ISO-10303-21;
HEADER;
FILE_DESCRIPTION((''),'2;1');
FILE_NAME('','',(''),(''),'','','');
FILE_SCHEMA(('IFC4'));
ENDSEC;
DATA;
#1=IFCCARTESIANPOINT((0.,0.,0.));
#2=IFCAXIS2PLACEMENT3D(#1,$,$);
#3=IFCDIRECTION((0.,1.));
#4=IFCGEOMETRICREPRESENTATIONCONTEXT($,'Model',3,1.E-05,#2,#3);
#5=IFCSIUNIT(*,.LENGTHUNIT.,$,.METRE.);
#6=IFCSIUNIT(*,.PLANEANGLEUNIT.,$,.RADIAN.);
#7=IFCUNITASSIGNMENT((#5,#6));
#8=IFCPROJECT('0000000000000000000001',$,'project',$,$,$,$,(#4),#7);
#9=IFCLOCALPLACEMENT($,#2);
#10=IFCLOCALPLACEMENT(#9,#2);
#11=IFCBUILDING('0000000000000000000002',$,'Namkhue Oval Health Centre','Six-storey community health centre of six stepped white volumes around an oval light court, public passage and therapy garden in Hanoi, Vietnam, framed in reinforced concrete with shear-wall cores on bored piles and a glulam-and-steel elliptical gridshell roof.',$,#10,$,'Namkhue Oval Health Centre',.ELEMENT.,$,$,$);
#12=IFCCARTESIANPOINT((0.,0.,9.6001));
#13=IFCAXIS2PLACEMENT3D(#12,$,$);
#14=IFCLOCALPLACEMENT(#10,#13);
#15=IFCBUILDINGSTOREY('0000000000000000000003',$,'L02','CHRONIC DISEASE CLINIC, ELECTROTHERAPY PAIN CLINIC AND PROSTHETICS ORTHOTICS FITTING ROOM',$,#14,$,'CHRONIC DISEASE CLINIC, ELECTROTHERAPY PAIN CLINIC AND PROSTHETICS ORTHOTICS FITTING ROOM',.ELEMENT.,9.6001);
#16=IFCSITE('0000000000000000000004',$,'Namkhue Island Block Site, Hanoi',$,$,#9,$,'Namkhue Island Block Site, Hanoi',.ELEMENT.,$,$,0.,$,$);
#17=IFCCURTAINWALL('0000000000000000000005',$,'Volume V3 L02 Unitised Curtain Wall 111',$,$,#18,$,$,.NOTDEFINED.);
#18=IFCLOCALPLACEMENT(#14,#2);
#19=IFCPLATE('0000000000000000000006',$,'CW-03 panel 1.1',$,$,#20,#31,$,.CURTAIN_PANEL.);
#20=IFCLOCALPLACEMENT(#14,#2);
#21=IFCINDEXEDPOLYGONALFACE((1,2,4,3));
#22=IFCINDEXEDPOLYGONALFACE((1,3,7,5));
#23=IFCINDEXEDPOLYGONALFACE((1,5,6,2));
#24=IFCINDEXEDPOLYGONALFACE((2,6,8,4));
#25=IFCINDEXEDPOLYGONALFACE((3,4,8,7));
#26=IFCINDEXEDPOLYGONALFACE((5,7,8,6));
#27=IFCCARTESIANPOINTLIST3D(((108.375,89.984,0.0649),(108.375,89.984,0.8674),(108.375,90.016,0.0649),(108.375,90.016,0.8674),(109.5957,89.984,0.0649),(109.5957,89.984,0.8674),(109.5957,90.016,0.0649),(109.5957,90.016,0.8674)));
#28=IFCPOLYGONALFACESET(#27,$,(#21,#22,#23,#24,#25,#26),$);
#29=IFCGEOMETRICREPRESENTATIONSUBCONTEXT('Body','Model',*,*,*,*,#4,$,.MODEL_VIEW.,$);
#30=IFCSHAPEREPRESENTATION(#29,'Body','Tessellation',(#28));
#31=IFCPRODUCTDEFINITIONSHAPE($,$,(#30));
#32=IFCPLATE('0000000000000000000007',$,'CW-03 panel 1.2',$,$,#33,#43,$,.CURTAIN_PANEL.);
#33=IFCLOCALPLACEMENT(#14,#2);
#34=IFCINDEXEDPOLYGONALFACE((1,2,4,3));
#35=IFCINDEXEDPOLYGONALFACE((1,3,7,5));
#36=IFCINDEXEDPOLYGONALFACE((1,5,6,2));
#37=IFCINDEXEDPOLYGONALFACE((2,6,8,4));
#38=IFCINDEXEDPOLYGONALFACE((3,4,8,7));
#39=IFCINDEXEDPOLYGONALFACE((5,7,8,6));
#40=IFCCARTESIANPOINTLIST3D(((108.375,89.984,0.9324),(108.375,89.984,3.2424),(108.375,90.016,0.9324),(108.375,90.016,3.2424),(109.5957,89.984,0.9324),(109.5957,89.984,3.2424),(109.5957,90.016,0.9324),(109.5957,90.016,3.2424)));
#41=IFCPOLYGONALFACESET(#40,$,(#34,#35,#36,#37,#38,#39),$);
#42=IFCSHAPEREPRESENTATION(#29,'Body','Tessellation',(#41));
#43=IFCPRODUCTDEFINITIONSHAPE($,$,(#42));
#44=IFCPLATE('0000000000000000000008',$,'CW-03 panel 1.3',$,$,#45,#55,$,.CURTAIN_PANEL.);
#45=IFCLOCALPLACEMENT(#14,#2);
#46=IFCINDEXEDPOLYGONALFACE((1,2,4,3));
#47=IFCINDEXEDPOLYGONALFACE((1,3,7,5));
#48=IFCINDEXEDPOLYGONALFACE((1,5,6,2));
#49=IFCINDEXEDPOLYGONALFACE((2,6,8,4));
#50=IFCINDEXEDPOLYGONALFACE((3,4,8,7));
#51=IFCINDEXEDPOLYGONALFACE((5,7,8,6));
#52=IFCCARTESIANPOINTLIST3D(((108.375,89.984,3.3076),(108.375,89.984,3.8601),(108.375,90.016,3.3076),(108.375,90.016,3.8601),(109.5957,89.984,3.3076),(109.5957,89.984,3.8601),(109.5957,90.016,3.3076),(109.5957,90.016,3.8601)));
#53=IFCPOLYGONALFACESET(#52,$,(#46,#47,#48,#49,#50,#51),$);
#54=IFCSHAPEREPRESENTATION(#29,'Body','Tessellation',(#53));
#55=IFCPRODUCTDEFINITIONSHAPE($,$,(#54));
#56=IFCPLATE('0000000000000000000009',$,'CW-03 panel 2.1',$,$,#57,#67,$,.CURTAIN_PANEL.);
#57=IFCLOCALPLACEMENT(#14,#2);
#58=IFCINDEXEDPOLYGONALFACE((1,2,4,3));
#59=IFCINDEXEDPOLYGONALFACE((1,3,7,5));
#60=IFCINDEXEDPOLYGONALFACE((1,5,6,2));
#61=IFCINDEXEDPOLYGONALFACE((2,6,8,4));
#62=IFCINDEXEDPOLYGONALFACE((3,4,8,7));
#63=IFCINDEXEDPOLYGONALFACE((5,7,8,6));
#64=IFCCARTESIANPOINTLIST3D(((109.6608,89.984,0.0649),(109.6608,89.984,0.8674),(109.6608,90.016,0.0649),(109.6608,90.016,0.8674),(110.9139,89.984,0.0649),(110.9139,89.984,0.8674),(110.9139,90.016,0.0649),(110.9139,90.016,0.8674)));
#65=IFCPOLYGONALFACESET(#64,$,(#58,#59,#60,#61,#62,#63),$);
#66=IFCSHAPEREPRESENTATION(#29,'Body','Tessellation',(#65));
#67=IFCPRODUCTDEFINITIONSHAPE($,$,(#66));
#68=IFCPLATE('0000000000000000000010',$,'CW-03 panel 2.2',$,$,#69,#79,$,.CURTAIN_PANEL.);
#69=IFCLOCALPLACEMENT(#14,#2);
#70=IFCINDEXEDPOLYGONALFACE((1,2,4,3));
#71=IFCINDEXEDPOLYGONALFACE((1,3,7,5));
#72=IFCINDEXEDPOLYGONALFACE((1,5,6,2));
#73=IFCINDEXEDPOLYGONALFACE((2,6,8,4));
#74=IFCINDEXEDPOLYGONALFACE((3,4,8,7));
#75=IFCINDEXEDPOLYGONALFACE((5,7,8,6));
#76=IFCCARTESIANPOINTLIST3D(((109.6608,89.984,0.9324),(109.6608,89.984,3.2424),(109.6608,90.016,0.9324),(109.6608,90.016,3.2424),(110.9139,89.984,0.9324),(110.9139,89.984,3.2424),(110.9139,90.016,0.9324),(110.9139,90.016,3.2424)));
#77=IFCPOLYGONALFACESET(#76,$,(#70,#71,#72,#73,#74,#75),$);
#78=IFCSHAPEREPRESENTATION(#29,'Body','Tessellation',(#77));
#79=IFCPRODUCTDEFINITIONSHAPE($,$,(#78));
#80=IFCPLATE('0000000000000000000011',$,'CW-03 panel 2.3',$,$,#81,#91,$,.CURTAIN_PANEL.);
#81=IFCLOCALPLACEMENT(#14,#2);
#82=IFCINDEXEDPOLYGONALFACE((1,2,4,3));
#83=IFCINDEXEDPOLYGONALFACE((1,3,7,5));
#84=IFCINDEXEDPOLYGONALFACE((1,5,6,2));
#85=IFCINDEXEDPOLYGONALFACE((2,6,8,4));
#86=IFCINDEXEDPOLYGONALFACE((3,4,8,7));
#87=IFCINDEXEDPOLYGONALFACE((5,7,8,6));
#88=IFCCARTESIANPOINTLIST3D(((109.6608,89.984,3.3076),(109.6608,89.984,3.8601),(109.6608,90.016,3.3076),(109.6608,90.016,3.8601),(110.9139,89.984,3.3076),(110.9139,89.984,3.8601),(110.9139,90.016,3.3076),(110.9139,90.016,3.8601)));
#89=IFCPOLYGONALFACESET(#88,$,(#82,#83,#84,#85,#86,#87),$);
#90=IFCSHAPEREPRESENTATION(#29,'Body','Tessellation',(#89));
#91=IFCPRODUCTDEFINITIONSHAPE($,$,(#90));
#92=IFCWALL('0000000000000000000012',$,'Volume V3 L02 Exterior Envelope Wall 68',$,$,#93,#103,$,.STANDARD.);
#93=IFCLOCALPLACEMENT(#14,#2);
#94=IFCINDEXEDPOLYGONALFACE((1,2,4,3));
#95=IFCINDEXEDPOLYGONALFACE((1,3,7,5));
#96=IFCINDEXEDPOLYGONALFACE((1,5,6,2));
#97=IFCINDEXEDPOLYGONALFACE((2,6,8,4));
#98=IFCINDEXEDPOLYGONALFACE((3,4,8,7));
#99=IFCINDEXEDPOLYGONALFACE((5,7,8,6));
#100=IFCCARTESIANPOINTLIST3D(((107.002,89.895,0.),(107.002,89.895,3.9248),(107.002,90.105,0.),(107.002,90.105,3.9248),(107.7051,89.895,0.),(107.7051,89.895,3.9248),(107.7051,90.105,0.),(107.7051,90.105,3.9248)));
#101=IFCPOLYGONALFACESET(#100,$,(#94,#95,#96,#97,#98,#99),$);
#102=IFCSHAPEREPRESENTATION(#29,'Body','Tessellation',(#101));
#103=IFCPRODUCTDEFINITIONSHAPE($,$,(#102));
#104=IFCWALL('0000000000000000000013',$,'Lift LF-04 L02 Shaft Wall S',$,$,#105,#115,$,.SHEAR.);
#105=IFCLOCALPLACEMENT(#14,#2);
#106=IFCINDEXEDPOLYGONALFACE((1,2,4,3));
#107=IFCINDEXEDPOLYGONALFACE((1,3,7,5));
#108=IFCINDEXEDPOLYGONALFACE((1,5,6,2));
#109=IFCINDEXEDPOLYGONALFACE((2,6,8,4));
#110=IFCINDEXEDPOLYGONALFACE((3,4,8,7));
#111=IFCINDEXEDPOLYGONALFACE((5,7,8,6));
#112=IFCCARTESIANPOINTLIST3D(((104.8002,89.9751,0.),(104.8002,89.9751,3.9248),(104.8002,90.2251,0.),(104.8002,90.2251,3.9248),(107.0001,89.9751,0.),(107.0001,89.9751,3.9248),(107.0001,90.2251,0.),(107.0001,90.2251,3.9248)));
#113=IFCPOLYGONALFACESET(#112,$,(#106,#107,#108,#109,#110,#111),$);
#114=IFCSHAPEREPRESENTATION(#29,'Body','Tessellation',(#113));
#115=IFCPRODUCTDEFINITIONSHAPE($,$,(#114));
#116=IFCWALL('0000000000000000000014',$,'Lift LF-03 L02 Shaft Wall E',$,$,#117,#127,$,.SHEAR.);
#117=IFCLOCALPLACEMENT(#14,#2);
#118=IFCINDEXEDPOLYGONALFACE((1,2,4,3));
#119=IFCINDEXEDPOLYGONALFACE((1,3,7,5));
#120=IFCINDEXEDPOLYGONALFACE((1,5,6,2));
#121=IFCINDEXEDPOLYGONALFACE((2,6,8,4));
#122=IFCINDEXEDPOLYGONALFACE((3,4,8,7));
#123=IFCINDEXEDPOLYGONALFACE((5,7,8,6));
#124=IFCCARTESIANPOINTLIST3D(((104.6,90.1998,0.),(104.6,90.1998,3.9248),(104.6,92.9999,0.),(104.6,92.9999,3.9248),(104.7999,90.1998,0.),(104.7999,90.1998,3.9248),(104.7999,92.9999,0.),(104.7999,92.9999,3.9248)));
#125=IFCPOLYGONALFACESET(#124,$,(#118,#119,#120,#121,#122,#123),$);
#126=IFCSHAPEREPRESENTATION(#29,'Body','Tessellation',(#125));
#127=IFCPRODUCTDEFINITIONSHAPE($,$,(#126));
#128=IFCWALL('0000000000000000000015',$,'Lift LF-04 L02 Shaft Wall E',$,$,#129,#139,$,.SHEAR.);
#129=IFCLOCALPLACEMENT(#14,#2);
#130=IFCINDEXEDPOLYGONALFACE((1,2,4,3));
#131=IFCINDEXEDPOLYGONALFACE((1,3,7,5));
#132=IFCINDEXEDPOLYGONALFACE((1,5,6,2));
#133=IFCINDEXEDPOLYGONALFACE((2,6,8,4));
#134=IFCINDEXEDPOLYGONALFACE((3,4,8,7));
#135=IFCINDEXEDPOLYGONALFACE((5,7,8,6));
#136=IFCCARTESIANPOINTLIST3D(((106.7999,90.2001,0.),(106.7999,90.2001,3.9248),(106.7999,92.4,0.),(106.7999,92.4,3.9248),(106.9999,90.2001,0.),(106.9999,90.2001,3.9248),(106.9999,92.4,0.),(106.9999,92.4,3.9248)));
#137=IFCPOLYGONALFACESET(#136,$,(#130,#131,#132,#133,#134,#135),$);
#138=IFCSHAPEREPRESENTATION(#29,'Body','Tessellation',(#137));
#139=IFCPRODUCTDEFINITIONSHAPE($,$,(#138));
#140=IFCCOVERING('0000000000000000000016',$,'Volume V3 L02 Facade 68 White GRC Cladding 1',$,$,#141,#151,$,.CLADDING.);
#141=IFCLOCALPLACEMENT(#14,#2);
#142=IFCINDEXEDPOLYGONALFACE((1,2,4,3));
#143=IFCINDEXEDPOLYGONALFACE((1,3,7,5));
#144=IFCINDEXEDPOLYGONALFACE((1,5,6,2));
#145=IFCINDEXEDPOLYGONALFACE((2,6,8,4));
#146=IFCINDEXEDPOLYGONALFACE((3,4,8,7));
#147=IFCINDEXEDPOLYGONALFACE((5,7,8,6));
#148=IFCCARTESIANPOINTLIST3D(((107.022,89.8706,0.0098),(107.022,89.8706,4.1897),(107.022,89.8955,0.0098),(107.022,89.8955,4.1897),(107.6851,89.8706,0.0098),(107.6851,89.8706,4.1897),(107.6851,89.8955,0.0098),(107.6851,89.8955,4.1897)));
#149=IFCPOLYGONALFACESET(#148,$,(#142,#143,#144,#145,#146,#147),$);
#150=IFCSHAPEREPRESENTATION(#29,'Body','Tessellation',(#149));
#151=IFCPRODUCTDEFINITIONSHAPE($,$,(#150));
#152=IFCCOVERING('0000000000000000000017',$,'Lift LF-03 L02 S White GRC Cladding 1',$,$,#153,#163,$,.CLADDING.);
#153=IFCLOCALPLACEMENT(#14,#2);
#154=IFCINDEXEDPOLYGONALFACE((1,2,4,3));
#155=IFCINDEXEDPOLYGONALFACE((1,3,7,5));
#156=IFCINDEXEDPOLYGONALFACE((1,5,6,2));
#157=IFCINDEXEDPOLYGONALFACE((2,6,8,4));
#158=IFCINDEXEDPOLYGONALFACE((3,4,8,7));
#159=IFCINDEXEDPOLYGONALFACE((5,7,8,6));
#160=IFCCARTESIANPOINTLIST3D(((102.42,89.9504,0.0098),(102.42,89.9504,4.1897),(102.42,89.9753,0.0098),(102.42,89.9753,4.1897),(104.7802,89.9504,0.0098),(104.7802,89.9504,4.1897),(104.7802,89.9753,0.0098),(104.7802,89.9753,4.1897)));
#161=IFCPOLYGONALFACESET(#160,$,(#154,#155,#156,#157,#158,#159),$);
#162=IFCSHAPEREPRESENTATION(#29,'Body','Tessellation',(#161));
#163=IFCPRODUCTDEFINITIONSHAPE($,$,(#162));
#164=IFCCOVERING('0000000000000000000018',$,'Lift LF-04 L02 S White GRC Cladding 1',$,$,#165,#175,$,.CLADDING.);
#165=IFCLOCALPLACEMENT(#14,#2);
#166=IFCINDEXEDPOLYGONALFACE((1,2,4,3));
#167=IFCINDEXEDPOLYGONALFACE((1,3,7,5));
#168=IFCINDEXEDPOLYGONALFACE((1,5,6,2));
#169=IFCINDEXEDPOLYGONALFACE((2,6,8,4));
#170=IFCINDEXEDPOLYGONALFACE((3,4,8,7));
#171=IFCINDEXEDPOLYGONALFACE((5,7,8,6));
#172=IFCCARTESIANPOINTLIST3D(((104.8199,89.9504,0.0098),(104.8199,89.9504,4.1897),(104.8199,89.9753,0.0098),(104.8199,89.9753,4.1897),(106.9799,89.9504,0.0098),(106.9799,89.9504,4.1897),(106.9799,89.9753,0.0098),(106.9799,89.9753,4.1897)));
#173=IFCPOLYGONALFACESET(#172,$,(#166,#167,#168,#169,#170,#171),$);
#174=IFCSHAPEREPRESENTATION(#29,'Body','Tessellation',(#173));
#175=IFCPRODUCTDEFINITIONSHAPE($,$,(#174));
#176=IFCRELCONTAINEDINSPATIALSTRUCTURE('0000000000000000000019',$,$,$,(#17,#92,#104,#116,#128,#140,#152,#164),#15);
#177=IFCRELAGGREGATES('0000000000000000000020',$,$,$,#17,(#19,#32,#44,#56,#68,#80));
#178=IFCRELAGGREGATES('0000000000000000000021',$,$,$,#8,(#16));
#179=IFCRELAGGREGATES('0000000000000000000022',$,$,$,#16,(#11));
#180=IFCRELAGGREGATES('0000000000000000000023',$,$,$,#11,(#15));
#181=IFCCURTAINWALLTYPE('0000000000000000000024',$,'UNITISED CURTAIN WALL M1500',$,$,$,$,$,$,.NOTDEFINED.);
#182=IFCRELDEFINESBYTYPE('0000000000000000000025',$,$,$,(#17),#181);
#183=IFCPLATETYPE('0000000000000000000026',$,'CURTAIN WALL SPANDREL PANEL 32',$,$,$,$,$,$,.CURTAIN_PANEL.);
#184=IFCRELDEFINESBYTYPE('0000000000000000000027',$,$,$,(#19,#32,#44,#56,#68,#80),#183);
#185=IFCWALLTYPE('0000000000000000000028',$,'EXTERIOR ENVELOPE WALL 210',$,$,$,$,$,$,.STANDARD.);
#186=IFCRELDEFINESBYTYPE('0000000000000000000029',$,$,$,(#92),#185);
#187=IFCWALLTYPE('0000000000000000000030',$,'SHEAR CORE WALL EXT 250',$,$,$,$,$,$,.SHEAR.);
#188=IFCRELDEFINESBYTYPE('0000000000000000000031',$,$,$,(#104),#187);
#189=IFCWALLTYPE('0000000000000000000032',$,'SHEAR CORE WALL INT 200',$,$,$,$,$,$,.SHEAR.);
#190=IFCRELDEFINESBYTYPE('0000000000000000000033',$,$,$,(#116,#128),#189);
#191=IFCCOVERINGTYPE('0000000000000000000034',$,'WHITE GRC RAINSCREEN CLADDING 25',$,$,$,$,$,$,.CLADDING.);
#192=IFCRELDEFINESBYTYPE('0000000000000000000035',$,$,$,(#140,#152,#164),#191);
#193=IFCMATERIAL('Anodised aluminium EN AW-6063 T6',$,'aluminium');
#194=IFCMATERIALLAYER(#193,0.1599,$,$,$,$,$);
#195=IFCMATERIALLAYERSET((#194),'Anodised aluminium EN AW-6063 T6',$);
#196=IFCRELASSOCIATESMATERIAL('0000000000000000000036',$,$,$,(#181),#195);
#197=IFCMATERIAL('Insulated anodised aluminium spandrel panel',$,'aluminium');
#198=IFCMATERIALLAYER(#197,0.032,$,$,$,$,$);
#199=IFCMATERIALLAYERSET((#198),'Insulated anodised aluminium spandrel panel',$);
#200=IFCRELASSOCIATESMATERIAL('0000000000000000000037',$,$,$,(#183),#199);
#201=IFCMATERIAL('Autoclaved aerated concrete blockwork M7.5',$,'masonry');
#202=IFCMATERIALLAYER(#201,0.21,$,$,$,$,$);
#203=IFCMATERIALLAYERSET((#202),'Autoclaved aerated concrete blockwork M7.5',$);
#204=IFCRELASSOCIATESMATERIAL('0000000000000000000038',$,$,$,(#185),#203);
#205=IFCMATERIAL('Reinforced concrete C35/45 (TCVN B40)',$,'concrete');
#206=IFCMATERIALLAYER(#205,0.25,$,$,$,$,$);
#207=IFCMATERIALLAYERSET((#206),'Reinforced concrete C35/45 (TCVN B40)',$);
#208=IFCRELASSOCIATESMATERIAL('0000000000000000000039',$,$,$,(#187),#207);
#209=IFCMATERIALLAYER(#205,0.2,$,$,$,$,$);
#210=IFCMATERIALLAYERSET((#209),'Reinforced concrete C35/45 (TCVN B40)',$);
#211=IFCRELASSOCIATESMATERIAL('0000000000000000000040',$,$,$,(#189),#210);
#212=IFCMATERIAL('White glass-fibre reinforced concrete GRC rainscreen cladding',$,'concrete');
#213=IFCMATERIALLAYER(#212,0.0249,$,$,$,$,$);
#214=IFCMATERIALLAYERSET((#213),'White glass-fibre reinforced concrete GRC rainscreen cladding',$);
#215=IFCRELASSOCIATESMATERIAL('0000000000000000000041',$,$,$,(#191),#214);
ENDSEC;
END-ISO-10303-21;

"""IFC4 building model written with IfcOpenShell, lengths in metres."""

from ifc_helpers import new_model, si_unit, direction, frame, frame_2d, origin, origin_2d, place, context, subcontext, project, spatial, rectangle, extrude, material, layer, layer_set, type_object, element, aggregate, save


model = new_model("IFC4")

# Units and contexts
model_context = context("Model", 3, precision=1e-05, world=origin(), true_north=direction((0.0, 1.0)))
body_context = subcontext(model_context, "Body", "Model", "MODEL_VIEW")
ifc_project = project(units=[si_unit("LENGTHUNIT", "METRE"), si_unit("PLANEANGLEUNIT", "RADIAN")], contexts=[model_context])

# Site, building, storey
site_placement = place(None, origin())
site = spatial("IfcSite", under=ifc_project, at=site_placement, Name="Namkhue Island Block Site, Hanoi", LongName="Namkhue Island Block Site, Hanoi", CompositionType="ELEMENT", RefElevation=0.0)
building_placement = place(site_placement, origin())
building = spatial("IfcBuilding", under=site, at=building_placement, Name="Namkhue Oval Health Centre", Description="Six-storey community health centre of six stepped white volumes around an oval light court, public passage and therapy garden in Hanoi, Vietnam, framed in reinforced concrete with shear-wall cores on bored piles and a glulam-and-steel elliptical gridshell roof.", LongName="Namkhue Oval Health Centre", CompositionType="ELEMENT")
storey_placement = place(building_placement, frame((0.0, 0.0, 9.6001)))
storey = spatial("IfcBuildingStorey", under=building, at=storey_placement, Name="L02", Description="CHRONIC DISEASE CLINIC, ELECTROTHERAPY PAIN CLINIC AND PROSTHETICS ORTHOTICS FITTING ROOM", LongName="CHRONIC DISEASE CLINIC, ELECTROTHERAPY PAIN CLINIC AND PROSTHETICS ORTHOTICS FITTING ROOM", CompositionType="ELEMENT", Elevation=9.6001)

# Shared definitions
ifc_material_1 = material(Name="Reinforced concrete C35/45 (TCVN B40)", Category="concrete")

# Curtain wall
ifc_material_2 = material(Name="Anodised aluminium EN AW-6063 T6", Category="aluminium")
ifc_layer_1 = layer(ifc_material_2, 0.1599)
ifc_layer_set_1 = layer_set([ifc_layer_1], Name="Anodised aluminium EN AW-6063 T6")
curtain_wall_type = type_object("IfcCurtainWallType", Name="UNITISED CURTAIN WALL M1500", PredefinedType="NOTDEFINED", material=ifc_layer_set_1)
curtain_wall_placement = place(storey_placement, origin())
curtain_wall = element("IfcCurtainWall", 1, at=curtain_wall_placement, inside=storey, type_object=curtain_wall_type, Name="Volume V3 L02 Unitised Curtain Wall 111", PredefinedType="NOTDEFINED")

# Plates
ifc_material_3 = material(Name="Insulated anodised aluminium spandrel panel", Category="aluminium")
ifc_layer_2 = layer(ifc_material_3, 0.032)
ifc_layer_set_2 = layer_set([ifc_layer_2], Name="Insulated anodised aluminium spandrel panel")
plate_type = type_object("IfcPlateType", Name="CURTAIN WALL SPANDREL PANEL 32", PredefinedType="CURTAIN_PANEL", material=ifc_layer_set_2)
plate_1_placement = place(storey_placement, frame((108.9854, 90.0, 0.0649), z_axis=(0.0, 0.0, 1.0), x_axis=(1.0, 0.0, 0.0)))
plate_1 = element("IfcPlate", 2, at=plate_1_placement, type_object=plate_type, Name="CW-03 panel 1.1", PredefinedType="CURTAIN_PANEL", context=body_context, shape_type="SweptSolid", body=[
    extrude(rectangle(XDim=1.2207, YDim=0.032, at=origin_2d()), origin(), (0.0, 0.0, 1.0), 0.8025),
])
plate_2_placement = place(storey_placement, frame((108.9854, 90.0, 0.9324), z_axis=(0.0, 0.0, 1.0), x_axis=(1.0, 0.0, 0.0)))
plate_2 = element("IfcPlate", 3, at=plate_2_placement, type_object=plate_type, Name="CW-03 panel 1.2", PredefinedType="CURTAIN_PANEL", context=body_context, shape_type="SweptSolid", body=[
    extrude(rectangle(XDim=1.2207, YDim=0.032, at=origin_2d()), origin(), (0.0, 0.0, 1.0), 2.3101),
])
plate_3_placement = place(storey_placement, frame((108.9854, 90.0, 3.3076), z_axis=(0.0, 0.0, 1.0), x_axis=(1.0, 0.0, 0.0)))
plate_3 = element("IfcPlate", 4, at=plate_3_placement, type_object=plate_type, Name="CW-03 panel 1.3", PredefinedType="CURTAIN_PANEL", context=body_context, shape_type="SweptSolid", body=[
    extrude(rectangle(XDim=1.2207, YDim=0.032, at=origin_2d()), origin(), (0.0, 0.0, 1.0), 0.5525),
])
plate_4_placement = place(storey_placement, frame((110.2874, 90.0, 0.0649), z_axis=(0.0, 0.0, 1.0), x_axis=(1.0, 0.0, 0.0)))
plate_4 = element("IfcPlate", 5, at=plate_4_placement, type_object=plate_type, Name="CW-03 panel 2.1", PredefinedType="CURTAIN_PANEL", context=body_context, shape_type="SweptSolid", body=[
    extrude(rectangle(XDim=1.2532, YDim=0.032, at=origin_2d()), origin(), (0.0, 0.0, 1.0), 0.8025),
])
plate_5_placement = place(storey_placement, frame((110.2874, 90.0, 0.9324), z_axis=(0.0, 0.0, 1.0), x_axis=(1.0, 0.0, 0.0)))
plate_5 = element("IfcPlate", 6, at=plate_5_placement, type_object=plate_type, Name="CW-03 panel 2.2", PredefinedType="CURTAIN_PANEL", context=body_context, shape_type="SweptSolid", body=[
    extrude(rectangle(XDim=1.2532, YDim=0.032, at=origin_2d()), origin(), (0.0, 0.0, 1.0), 2.3101),
])
plate_6_placement = place(storey_placement, frame((110.2874, 90.0, 3.3076), z_axis=(0.0, 0.0, 1.0), x_axis=(1.0, 0.0, 0.0)))
plate_6 = element("IfcPlate", 7, at=plate_6_placement, type_object=plate_type, Name="CW-03 panel 2.3", PredefinedType="CURTAIN_PANEL", context=body_context, shape_type="SweptSolid", body=[
    extrude(rectangle(XDim=1.2532, YDim=0.032, at=origin_2d()), origin(), (0.0, 0.0, 1.0), 0.5525),
])
aggregate(curtain_wall, [plate_1, plate_2, plate_3, plate_4, plate_5, plate_6])

# Walls
ifc_material_4 = material(Name="Autoclaved aerated concrete blockwork M7.5", Category="masonry")
ifc_layer_3 = layer(ifc_material_4, 0.21)
ifc_layer_set_3 = layer_set([ifc_layer_3], Name="Autoclaved aerated concrete blockwork M7.5")
wall_type_1 = type_object("IfcWallType", Name="EXTERIOR ENVELOPE WALL 210", PredefinedType="STANDARD", material=ifc_layer_set_3)
wall_1_placement = place(storey_placement, frame((107.002, 90.0, 0.0), z_axis=(0.0, 0.0, 1.0), x_axis=(1.0, 0.0, 0.0)))
element("IfcWall", 8, at=wall_1_placement, inside=storey, type_object=wall_type_1, Name="Volume V3 L02 Exterior Envelope Wall 68", PredefinedType="STANDARD", context=body_context, shape_type="SweptSolid", body=[
    extrude(rectangle(XDim=0.7031, YDim=0.21, at=frame_2d((0.3516, 0.0))), origin(), (0.0, 0.0, 1.0), 3.9248),
])
ifc_layer_4 = layer(ifc_material_1, 0.25)
ifc_layer_set_4 = layer_set([ifc_layer_4], Name="Reinforced concrete C35/45 (TCVN B40)")
wall_type_2 = type_object("IfcWallType", Name="SHEAR CORE WALL EXT 250", PredefinedType="SHEAR", material=ifc_layer_set_4)
wall_2_placement = place(storey_placement, frame((104.8, 90.1001, 0.0), z_axis=(0.0, 0.0, 1.0), x_axis=(1.0, 0.0, 0.0)))
element("IfcWall", 9, at=wall_2_placement, inside=storey, type_object=wall_type_2, Name="Lift LF-04 L02 Shaft Wall S", PredefinedType="SHEAR", context=body_context, shape_type="SweptSolid", body=[
    extrude(rectangle(XDim=2.2, YDim=0.25, at=frame_2d((1.1001, 0.0))), origin(), (0.0, 0.0, 1.0), 3.9248),
])
ifc_layer_5 = layer(ifc_material_1, 0.2)
ifc_layer_set_5 = layer_set([ifc_layer_5], Name="Reinforced concrete C35/45 (TCVN B40)")
wall_type_3 = type_object("IfcWallType", Name="SHEAR CORE WALL INT 200", PredefinedType="SHEAR", material=ifc_layer_set_5)
wall_3_placement = place(storey_placement, frame((104.7, 90.2, 0.0), z_axis=(0.0, 0.0, 1.0), x_axis=(0.0, 1.0, 0.0)))
element("IfcWall", 10, at=wall_3_placement, inside=storey, type_object=wall_type_3, Name="Lift LF-03 L02 Shaft Wall E", PredefinedType="SHEAR", context=body_context, shape_type="SweptSolid", body=[
    extrude(rectangle(XDim=2.8, YDim=0.2, at=frame_2d((1.3999, 0.0))), origin(), (0.0, 0.0, 1.0), 3.9248),
])
wall_4_placement = place(storey_placement, frame((106.8999, 90.2, 0.0), z_axis=(0.0, 0.0, 1.0), x_axis=(0.0, 1.0, 0.0)))
element("IfcWall", 11, at=wall_4_placement, inside=storey, type_object=wall_type_3, Name="Lift LF-04 L02 Shaft Wall E", PredefinedType="SHEAR", context=body_context, shape_type="SweptSolid", body=[
    extrude(rectangle(XDim=2.2, YDim=0.2, at=frame_2d((1.1001, 0.0))), origin(), (0.0, 0.0, 1.0), 3.9248),
])

# Coverings
ifc_material_5 = material(Name="White glass-fibre reinforced concrete GRC rainscreen cladding", Category="concrete")
ifc_layer_6 = layer(ifc_material_5, 0.0249)
ifc_layer_set_6 = layer_set([ifc_layer_6], Name="White glass-fibre reinforced concrete GRC rainscreen cladding")
covering_type = type_object("IfcCoveringType", Name="WHITE GRC RAINSCREEN CLADDING 25", PredefinedType="CLADDING", material=ifc_layer_set_6)
covering_1_placement = place(storey_placement, frame((107.3535, 89.8831, 0.0098), z_axis=(0.0, 0.0, 1.0), x_axis=(1.0, 0.0, 0.0)))
element("IfcCovering", 12, at=covering_1_placement, inside=storey, type_object=covering_type, Name="Volume V3 L02 Facade 68 White GRC Cladding 1", PredefinedType="CLADDING", context=body_context, shape_type="SweptSolid", body=[
    extrude(rectangle(XDim=0.6631, YDim=0.0249, at=origin_2d()), origin(), (0.0, 0.0, 1.0), 4.1799),
])
covering_2_placement = place(storey_placement, frame((103.6001, 89.9629, 0.0098), z_axis=(0.0, 0.0, 1.0), x_axis=(1.0, 0.0, 0.0)))
element("IfcCovering", 13, at=covering_2_placement, inside=storey, type_object=covering_type, Name="Lift LF-03 L02 S White GRC Cladding 1", PredefinedType="CLADDING", context=body_context, shape_type="SweptSolid", body=[
    extrude(rectangle(XDim=2.3601, YDim=0.0249, at=origin_2d()), origin(), (0.0, 0.0, 1.0), 4.1799),
])
covering_3_placement = place(storey_placement, frame((105.8999, 89.9629, 0.0098), z_axis=(0.0, 0.0, 1.0), x_axis=(1.0, 0.0, 0.0)))
element("IfcCovering", 14, at=covering_3_placement, inside=storey, type_object=covering_type, Name="Lift LF-04 L02 S White GRC Cladding 1", PredefinedType="CLADDING", context=body_context, shape_type="SweptSolid", body=[
    extrude(rectangle(XDim=2.1599, YDim=0.0249, at=origin_2d()), origin(), (0.0, 0.0, 1.0), 4.1799),
])

save(model, "model.ifc")
